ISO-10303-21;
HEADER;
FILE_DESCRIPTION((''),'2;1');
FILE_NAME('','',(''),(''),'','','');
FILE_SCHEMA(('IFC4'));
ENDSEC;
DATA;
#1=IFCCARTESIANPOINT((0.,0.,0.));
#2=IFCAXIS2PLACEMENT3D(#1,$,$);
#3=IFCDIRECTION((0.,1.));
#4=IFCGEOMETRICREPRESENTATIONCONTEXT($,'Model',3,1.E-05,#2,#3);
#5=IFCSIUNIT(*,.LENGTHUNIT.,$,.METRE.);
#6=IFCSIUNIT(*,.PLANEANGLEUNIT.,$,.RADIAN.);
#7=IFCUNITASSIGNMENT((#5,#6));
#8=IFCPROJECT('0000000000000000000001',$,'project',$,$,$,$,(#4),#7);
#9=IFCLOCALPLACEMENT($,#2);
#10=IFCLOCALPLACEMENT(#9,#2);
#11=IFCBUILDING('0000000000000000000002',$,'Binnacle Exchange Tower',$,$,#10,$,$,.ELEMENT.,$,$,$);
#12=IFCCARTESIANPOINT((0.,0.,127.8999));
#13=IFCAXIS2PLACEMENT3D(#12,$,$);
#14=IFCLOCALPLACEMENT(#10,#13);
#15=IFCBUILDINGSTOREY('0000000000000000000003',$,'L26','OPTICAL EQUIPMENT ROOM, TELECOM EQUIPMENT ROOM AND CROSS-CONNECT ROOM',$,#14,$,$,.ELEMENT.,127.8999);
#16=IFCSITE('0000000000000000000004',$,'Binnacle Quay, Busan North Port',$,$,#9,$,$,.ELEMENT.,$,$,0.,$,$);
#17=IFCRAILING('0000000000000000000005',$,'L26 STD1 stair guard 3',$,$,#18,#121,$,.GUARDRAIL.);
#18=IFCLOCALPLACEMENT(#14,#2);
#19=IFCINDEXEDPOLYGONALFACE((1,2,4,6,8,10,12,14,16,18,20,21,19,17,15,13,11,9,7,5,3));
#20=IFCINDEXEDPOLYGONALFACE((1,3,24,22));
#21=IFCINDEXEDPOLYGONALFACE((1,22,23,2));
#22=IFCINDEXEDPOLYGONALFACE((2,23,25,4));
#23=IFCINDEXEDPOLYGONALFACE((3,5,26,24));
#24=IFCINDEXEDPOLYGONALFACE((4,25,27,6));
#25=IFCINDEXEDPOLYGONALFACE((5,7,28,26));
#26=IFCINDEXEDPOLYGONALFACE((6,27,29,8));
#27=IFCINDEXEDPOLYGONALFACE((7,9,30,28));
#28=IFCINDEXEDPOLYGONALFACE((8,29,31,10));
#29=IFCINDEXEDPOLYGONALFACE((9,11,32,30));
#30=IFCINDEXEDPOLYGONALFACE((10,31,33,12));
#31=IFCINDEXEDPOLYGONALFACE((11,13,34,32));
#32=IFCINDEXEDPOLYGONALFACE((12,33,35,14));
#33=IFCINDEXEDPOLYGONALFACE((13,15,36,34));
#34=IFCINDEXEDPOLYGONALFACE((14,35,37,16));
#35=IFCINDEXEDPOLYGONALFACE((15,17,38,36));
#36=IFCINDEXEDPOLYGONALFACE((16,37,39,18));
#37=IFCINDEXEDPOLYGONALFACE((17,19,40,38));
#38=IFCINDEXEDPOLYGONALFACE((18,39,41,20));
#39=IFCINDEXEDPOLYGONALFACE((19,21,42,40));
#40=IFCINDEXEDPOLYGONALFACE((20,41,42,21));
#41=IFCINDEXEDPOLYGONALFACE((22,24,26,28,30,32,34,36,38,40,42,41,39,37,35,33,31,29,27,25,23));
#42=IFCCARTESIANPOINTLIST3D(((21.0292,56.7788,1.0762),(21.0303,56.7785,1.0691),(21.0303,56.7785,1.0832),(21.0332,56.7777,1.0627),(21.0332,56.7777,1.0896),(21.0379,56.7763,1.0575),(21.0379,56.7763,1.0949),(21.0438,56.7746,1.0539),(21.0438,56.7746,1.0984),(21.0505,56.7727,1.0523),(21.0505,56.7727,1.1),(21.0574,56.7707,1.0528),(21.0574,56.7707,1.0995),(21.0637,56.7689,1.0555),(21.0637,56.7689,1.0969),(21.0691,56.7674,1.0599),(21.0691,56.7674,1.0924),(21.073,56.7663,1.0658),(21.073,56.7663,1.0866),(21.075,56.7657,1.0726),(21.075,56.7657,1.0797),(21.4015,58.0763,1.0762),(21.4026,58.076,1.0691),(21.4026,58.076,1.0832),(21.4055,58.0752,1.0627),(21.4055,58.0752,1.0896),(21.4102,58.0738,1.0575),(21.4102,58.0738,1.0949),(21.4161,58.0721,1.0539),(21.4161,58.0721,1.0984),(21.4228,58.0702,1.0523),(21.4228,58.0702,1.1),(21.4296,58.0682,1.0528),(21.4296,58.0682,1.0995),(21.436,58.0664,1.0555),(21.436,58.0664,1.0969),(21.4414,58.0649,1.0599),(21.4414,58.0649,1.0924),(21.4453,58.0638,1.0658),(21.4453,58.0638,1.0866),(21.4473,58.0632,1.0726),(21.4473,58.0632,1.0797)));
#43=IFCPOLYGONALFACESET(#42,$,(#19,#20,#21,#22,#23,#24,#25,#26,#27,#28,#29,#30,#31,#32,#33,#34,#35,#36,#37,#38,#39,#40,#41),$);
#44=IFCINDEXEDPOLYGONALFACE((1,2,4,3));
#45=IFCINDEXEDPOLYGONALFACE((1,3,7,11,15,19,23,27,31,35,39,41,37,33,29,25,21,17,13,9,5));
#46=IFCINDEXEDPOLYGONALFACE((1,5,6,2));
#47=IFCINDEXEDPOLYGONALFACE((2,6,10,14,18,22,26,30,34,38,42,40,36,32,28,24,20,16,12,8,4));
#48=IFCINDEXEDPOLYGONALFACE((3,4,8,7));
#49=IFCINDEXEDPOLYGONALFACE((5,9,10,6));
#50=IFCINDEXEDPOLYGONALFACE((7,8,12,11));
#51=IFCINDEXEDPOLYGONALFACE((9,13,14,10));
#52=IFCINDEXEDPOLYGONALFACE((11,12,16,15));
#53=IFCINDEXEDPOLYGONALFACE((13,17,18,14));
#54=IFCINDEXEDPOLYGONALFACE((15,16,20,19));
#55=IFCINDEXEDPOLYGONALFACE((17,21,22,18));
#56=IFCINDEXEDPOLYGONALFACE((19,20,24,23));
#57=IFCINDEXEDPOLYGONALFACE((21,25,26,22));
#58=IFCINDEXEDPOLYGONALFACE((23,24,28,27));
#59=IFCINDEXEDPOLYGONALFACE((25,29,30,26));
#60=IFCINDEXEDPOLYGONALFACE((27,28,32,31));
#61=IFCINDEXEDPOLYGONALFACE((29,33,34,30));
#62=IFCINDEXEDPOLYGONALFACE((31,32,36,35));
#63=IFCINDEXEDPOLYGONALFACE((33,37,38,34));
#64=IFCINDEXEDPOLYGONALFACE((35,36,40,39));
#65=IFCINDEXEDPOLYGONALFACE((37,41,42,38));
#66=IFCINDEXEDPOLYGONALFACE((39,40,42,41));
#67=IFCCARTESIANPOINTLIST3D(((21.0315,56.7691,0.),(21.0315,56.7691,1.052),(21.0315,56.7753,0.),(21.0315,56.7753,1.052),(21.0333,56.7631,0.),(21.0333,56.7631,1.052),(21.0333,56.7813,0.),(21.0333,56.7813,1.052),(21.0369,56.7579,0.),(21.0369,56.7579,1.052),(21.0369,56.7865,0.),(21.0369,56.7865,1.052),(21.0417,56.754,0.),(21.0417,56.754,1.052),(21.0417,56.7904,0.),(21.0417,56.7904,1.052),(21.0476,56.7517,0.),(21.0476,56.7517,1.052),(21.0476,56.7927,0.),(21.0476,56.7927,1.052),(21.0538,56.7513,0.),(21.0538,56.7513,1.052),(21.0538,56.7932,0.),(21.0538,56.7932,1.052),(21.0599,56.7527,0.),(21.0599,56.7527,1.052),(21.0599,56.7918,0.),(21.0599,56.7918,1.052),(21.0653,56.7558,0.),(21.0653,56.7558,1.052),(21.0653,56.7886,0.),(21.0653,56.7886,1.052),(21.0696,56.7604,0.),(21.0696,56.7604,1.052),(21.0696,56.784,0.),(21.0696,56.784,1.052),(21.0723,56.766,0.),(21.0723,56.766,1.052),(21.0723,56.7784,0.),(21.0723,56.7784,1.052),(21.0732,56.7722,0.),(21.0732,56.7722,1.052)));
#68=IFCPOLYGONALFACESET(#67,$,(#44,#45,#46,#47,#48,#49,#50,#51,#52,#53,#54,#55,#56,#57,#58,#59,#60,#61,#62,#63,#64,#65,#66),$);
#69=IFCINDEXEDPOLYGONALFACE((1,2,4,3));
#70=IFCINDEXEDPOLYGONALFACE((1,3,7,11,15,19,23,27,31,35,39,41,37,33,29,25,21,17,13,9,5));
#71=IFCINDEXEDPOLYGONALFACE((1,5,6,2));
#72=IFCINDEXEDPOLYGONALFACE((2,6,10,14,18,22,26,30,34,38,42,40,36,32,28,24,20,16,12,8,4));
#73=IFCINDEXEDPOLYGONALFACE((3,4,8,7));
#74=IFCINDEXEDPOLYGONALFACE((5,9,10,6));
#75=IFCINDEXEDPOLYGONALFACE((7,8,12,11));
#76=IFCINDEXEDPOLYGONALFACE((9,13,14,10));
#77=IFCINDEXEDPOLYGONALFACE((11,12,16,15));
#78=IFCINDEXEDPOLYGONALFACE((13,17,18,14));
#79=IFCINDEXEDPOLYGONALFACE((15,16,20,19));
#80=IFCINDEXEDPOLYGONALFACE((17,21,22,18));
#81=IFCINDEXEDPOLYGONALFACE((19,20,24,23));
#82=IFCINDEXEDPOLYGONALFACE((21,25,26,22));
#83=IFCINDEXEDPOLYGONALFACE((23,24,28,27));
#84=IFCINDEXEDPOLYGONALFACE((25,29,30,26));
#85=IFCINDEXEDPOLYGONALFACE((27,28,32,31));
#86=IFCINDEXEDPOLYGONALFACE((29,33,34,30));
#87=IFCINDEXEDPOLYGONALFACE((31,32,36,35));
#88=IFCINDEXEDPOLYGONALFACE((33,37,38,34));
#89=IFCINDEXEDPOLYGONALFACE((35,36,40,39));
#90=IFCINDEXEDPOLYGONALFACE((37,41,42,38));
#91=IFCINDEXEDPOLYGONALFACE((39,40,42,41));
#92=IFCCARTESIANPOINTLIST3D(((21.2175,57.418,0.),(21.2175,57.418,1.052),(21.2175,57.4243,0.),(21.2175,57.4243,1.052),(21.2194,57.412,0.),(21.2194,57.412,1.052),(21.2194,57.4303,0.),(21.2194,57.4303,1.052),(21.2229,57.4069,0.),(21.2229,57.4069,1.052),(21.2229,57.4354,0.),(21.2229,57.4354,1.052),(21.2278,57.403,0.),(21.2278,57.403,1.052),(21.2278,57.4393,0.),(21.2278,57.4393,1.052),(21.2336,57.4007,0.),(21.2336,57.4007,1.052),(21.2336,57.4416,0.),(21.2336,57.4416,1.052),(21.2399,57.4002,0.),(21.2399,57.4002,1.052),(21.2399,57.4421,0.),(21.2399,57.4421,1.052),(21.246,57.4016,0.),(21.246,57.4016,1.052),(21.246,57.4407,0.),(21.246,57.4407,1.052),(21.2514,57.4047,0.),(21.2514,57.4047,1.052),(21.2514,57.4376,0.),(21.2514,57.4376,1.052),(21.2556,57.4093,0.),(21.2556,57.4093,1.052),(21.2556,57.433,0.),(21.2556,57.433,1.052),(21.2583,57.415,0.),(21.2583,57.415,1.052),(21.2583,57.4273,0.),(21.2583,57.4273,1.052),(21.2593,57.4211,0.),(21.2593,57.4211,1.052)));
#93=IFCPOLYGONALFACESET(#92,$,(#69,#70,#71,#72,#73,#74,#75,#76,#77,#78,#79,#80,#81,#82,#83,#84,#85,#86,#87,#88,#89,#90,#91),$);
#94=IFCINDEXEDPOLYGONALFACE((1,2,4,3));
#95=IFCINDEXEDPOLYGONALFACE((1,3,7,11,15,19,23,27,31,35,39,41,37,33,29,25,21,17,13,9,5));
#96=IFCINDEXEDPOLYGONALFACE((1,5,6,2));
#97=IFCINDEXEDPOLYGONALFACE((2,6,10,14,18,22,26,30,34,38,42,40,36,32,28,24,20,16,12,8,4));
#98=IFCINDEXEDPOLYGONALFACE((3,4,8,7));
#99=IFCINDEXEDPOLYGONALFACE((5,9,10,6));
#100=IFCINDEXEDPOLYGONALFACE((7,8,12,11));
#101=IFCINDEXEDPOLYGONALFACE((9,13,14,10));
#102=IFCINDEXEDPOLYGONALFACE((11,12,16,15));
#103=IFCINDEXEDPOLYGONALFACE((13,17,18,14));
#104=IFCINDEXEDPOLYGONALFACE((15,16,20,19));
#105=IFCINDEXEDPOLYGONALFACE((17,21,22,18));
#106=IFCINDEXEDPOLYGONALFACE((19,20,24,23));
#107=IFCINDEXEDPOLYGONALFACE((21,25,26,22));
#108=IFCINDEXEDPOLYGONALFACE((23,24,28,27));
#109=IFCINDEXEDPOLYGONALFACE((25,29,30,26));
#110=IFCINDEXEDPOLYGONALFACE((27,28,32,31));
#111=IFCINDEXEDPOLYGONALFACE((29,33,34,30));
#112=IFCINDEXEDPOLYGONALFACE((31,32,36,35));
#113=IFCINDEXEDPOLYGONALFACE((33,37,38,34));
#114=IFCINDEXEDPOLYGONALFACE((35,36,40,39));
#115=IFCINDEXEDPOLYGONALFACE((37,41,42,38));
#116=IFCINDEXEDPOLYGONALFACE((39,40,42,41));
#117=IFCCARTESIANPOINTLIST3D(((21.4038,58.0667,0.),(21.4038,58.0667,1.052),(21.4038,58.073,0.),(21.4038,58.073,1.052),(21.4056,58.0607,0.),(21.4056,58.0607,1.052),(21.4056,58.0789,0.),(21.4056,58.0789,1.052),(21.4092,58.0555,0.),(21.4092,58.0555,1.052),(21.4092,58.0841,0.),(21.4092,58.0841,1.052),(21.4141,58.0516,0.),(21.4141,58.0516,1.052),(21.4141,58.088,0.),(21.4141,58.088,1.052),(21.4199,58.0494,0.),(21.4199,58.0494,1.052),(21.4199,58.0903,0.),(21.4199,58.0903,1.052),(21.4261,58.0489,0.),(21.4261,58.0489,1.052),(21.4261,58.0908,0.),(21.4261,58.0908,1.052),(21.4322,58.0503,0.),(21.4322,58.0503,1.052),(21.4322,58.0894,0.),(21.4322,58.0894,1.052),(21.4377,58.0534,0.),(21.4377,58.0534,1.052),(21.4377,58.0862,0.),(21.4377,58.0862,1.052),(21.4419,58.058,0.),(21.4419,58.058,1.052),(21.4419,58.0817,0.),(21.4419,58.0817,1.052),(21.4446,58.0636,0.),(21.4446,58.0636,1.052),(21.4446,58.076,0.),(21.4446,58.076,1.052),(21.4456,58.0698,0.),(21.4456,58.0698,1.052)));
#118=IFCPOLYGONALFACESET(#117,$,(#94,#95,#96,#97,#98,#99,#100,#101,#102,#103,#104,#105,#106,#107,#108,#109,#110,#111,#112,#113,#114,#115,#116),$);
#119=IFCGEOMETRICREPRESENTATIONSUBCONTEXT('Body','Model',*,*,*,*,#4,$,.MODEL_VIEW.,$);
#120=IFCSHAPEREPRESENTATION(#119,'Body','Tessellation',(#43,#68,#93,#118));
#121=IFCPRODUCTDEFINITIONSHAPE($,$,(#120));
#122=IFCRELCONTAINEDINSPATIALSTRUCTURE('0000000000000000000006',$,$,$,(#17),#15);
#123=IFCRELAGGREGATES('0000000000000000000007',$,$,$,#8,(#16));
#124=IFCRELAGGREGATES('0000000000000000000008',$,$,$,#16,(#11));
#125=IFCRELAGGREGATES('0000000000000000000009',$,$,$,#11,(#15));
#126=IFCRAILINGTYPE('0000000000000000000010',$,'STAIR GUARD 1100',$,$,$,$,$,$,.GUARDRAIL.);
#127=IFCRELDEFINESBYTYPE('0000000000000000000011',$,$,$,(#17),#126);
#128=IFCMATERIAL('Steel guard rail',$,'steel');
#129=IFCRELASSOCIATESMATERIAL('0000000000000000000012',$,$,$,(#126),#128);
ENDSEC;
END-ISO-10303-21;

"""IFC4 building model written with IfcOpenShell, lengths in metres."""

from ifc_helpers import new_model, si_unit, direction, frame, origin, origin_2d, place, context, subcontext, project, spatial, circle, extrude, material, type_object, element, save


model = new_model("IFC4")

# Units and contexts
model_context = context("Model", 3, precision=1e-05, world=origin(), true_north=direction((0.0, 1.0)))
body_context = subcontext(model_context, "Body", "Model", "MODEL_VIEW")
ifc_project = project(units=[si_unit("LENGTHUNIT", "METRE"), si_unit("PLANEANGLEUNIT", "RADIAN")], contexts=[model_context])

# Site, building, storey
site_placement = place(None, origin())
site = spatial("IfcSite", under=ifc_project, at=site_placement, Name="Binnacle Quay, Busan North Port", CompositionType="ELEMENT", RefElevation=0.0)
building_placement = place(site_placement, origin())
building = spatial("IfcBuilding", under=site, at=building_placement, Name="Binnacle Exchange Tower", CompositionType="ELEMENT")
storey_placement = place(building_placement, frame((0.0, 0.0, 127.8999)))
storey = spatial("IfcBuildingStorey", under=building, at=storey_placement, Name="L26", Description="OPTICAL EQUIPMENT ROOM, TELECOM EQUIPMENT ROOM AND CROSS-CONNECT ROOM", CompositionType="ELEMENT", Elevation=127.8999)

# Railing
ifc_material_1 = material(Name="Steel guard rail", Category="steel")
railing_type_1 = type_object("IfcRailingType", Name="STAIR GUARD 1100", PredefinedType="GUARDRAIL", material=ifc_material_1)
railing_1_placement = place(storey_placement, frame((21.0522, 56.7722, 0.0)))
element("IfcRailing", 1, at=railing_1_placement, inside=storey, type_object=railing_type_1, Name="L26 STD1 stair guard 3", PredefinedType="GUARDRAIL", context=body_context, shape_type="SweptSolid", body=[
    extrude(circle(Radius=0.0239, at=origin_2d()), frame((0.0, 0.0, 1.0762), z_axis=(0.275796, 0.961216, 0.0), x_axis=(-0.961216, 0.275796, 0.0)), (0.0, 0.0, 1.0), 1.3499),
    extrude(circle(Radius=0.021, at=origin_2d()), origin(), (0.0, 0.0, 1.0), 1.052),
    extrude(circle(Radius=0.021, at=origin_2d()), frame((0.186, 0.6489, 0.0)), (0.0, 0.0, 1.0), 1.052),
    extrude(circle(Radius=0.021, at=origin_2d()), frame((0.3723, 1.2976, 0.0)), (0.0, 0.0, 1.0), 1.052),
])

save(model, "model.ifc")
